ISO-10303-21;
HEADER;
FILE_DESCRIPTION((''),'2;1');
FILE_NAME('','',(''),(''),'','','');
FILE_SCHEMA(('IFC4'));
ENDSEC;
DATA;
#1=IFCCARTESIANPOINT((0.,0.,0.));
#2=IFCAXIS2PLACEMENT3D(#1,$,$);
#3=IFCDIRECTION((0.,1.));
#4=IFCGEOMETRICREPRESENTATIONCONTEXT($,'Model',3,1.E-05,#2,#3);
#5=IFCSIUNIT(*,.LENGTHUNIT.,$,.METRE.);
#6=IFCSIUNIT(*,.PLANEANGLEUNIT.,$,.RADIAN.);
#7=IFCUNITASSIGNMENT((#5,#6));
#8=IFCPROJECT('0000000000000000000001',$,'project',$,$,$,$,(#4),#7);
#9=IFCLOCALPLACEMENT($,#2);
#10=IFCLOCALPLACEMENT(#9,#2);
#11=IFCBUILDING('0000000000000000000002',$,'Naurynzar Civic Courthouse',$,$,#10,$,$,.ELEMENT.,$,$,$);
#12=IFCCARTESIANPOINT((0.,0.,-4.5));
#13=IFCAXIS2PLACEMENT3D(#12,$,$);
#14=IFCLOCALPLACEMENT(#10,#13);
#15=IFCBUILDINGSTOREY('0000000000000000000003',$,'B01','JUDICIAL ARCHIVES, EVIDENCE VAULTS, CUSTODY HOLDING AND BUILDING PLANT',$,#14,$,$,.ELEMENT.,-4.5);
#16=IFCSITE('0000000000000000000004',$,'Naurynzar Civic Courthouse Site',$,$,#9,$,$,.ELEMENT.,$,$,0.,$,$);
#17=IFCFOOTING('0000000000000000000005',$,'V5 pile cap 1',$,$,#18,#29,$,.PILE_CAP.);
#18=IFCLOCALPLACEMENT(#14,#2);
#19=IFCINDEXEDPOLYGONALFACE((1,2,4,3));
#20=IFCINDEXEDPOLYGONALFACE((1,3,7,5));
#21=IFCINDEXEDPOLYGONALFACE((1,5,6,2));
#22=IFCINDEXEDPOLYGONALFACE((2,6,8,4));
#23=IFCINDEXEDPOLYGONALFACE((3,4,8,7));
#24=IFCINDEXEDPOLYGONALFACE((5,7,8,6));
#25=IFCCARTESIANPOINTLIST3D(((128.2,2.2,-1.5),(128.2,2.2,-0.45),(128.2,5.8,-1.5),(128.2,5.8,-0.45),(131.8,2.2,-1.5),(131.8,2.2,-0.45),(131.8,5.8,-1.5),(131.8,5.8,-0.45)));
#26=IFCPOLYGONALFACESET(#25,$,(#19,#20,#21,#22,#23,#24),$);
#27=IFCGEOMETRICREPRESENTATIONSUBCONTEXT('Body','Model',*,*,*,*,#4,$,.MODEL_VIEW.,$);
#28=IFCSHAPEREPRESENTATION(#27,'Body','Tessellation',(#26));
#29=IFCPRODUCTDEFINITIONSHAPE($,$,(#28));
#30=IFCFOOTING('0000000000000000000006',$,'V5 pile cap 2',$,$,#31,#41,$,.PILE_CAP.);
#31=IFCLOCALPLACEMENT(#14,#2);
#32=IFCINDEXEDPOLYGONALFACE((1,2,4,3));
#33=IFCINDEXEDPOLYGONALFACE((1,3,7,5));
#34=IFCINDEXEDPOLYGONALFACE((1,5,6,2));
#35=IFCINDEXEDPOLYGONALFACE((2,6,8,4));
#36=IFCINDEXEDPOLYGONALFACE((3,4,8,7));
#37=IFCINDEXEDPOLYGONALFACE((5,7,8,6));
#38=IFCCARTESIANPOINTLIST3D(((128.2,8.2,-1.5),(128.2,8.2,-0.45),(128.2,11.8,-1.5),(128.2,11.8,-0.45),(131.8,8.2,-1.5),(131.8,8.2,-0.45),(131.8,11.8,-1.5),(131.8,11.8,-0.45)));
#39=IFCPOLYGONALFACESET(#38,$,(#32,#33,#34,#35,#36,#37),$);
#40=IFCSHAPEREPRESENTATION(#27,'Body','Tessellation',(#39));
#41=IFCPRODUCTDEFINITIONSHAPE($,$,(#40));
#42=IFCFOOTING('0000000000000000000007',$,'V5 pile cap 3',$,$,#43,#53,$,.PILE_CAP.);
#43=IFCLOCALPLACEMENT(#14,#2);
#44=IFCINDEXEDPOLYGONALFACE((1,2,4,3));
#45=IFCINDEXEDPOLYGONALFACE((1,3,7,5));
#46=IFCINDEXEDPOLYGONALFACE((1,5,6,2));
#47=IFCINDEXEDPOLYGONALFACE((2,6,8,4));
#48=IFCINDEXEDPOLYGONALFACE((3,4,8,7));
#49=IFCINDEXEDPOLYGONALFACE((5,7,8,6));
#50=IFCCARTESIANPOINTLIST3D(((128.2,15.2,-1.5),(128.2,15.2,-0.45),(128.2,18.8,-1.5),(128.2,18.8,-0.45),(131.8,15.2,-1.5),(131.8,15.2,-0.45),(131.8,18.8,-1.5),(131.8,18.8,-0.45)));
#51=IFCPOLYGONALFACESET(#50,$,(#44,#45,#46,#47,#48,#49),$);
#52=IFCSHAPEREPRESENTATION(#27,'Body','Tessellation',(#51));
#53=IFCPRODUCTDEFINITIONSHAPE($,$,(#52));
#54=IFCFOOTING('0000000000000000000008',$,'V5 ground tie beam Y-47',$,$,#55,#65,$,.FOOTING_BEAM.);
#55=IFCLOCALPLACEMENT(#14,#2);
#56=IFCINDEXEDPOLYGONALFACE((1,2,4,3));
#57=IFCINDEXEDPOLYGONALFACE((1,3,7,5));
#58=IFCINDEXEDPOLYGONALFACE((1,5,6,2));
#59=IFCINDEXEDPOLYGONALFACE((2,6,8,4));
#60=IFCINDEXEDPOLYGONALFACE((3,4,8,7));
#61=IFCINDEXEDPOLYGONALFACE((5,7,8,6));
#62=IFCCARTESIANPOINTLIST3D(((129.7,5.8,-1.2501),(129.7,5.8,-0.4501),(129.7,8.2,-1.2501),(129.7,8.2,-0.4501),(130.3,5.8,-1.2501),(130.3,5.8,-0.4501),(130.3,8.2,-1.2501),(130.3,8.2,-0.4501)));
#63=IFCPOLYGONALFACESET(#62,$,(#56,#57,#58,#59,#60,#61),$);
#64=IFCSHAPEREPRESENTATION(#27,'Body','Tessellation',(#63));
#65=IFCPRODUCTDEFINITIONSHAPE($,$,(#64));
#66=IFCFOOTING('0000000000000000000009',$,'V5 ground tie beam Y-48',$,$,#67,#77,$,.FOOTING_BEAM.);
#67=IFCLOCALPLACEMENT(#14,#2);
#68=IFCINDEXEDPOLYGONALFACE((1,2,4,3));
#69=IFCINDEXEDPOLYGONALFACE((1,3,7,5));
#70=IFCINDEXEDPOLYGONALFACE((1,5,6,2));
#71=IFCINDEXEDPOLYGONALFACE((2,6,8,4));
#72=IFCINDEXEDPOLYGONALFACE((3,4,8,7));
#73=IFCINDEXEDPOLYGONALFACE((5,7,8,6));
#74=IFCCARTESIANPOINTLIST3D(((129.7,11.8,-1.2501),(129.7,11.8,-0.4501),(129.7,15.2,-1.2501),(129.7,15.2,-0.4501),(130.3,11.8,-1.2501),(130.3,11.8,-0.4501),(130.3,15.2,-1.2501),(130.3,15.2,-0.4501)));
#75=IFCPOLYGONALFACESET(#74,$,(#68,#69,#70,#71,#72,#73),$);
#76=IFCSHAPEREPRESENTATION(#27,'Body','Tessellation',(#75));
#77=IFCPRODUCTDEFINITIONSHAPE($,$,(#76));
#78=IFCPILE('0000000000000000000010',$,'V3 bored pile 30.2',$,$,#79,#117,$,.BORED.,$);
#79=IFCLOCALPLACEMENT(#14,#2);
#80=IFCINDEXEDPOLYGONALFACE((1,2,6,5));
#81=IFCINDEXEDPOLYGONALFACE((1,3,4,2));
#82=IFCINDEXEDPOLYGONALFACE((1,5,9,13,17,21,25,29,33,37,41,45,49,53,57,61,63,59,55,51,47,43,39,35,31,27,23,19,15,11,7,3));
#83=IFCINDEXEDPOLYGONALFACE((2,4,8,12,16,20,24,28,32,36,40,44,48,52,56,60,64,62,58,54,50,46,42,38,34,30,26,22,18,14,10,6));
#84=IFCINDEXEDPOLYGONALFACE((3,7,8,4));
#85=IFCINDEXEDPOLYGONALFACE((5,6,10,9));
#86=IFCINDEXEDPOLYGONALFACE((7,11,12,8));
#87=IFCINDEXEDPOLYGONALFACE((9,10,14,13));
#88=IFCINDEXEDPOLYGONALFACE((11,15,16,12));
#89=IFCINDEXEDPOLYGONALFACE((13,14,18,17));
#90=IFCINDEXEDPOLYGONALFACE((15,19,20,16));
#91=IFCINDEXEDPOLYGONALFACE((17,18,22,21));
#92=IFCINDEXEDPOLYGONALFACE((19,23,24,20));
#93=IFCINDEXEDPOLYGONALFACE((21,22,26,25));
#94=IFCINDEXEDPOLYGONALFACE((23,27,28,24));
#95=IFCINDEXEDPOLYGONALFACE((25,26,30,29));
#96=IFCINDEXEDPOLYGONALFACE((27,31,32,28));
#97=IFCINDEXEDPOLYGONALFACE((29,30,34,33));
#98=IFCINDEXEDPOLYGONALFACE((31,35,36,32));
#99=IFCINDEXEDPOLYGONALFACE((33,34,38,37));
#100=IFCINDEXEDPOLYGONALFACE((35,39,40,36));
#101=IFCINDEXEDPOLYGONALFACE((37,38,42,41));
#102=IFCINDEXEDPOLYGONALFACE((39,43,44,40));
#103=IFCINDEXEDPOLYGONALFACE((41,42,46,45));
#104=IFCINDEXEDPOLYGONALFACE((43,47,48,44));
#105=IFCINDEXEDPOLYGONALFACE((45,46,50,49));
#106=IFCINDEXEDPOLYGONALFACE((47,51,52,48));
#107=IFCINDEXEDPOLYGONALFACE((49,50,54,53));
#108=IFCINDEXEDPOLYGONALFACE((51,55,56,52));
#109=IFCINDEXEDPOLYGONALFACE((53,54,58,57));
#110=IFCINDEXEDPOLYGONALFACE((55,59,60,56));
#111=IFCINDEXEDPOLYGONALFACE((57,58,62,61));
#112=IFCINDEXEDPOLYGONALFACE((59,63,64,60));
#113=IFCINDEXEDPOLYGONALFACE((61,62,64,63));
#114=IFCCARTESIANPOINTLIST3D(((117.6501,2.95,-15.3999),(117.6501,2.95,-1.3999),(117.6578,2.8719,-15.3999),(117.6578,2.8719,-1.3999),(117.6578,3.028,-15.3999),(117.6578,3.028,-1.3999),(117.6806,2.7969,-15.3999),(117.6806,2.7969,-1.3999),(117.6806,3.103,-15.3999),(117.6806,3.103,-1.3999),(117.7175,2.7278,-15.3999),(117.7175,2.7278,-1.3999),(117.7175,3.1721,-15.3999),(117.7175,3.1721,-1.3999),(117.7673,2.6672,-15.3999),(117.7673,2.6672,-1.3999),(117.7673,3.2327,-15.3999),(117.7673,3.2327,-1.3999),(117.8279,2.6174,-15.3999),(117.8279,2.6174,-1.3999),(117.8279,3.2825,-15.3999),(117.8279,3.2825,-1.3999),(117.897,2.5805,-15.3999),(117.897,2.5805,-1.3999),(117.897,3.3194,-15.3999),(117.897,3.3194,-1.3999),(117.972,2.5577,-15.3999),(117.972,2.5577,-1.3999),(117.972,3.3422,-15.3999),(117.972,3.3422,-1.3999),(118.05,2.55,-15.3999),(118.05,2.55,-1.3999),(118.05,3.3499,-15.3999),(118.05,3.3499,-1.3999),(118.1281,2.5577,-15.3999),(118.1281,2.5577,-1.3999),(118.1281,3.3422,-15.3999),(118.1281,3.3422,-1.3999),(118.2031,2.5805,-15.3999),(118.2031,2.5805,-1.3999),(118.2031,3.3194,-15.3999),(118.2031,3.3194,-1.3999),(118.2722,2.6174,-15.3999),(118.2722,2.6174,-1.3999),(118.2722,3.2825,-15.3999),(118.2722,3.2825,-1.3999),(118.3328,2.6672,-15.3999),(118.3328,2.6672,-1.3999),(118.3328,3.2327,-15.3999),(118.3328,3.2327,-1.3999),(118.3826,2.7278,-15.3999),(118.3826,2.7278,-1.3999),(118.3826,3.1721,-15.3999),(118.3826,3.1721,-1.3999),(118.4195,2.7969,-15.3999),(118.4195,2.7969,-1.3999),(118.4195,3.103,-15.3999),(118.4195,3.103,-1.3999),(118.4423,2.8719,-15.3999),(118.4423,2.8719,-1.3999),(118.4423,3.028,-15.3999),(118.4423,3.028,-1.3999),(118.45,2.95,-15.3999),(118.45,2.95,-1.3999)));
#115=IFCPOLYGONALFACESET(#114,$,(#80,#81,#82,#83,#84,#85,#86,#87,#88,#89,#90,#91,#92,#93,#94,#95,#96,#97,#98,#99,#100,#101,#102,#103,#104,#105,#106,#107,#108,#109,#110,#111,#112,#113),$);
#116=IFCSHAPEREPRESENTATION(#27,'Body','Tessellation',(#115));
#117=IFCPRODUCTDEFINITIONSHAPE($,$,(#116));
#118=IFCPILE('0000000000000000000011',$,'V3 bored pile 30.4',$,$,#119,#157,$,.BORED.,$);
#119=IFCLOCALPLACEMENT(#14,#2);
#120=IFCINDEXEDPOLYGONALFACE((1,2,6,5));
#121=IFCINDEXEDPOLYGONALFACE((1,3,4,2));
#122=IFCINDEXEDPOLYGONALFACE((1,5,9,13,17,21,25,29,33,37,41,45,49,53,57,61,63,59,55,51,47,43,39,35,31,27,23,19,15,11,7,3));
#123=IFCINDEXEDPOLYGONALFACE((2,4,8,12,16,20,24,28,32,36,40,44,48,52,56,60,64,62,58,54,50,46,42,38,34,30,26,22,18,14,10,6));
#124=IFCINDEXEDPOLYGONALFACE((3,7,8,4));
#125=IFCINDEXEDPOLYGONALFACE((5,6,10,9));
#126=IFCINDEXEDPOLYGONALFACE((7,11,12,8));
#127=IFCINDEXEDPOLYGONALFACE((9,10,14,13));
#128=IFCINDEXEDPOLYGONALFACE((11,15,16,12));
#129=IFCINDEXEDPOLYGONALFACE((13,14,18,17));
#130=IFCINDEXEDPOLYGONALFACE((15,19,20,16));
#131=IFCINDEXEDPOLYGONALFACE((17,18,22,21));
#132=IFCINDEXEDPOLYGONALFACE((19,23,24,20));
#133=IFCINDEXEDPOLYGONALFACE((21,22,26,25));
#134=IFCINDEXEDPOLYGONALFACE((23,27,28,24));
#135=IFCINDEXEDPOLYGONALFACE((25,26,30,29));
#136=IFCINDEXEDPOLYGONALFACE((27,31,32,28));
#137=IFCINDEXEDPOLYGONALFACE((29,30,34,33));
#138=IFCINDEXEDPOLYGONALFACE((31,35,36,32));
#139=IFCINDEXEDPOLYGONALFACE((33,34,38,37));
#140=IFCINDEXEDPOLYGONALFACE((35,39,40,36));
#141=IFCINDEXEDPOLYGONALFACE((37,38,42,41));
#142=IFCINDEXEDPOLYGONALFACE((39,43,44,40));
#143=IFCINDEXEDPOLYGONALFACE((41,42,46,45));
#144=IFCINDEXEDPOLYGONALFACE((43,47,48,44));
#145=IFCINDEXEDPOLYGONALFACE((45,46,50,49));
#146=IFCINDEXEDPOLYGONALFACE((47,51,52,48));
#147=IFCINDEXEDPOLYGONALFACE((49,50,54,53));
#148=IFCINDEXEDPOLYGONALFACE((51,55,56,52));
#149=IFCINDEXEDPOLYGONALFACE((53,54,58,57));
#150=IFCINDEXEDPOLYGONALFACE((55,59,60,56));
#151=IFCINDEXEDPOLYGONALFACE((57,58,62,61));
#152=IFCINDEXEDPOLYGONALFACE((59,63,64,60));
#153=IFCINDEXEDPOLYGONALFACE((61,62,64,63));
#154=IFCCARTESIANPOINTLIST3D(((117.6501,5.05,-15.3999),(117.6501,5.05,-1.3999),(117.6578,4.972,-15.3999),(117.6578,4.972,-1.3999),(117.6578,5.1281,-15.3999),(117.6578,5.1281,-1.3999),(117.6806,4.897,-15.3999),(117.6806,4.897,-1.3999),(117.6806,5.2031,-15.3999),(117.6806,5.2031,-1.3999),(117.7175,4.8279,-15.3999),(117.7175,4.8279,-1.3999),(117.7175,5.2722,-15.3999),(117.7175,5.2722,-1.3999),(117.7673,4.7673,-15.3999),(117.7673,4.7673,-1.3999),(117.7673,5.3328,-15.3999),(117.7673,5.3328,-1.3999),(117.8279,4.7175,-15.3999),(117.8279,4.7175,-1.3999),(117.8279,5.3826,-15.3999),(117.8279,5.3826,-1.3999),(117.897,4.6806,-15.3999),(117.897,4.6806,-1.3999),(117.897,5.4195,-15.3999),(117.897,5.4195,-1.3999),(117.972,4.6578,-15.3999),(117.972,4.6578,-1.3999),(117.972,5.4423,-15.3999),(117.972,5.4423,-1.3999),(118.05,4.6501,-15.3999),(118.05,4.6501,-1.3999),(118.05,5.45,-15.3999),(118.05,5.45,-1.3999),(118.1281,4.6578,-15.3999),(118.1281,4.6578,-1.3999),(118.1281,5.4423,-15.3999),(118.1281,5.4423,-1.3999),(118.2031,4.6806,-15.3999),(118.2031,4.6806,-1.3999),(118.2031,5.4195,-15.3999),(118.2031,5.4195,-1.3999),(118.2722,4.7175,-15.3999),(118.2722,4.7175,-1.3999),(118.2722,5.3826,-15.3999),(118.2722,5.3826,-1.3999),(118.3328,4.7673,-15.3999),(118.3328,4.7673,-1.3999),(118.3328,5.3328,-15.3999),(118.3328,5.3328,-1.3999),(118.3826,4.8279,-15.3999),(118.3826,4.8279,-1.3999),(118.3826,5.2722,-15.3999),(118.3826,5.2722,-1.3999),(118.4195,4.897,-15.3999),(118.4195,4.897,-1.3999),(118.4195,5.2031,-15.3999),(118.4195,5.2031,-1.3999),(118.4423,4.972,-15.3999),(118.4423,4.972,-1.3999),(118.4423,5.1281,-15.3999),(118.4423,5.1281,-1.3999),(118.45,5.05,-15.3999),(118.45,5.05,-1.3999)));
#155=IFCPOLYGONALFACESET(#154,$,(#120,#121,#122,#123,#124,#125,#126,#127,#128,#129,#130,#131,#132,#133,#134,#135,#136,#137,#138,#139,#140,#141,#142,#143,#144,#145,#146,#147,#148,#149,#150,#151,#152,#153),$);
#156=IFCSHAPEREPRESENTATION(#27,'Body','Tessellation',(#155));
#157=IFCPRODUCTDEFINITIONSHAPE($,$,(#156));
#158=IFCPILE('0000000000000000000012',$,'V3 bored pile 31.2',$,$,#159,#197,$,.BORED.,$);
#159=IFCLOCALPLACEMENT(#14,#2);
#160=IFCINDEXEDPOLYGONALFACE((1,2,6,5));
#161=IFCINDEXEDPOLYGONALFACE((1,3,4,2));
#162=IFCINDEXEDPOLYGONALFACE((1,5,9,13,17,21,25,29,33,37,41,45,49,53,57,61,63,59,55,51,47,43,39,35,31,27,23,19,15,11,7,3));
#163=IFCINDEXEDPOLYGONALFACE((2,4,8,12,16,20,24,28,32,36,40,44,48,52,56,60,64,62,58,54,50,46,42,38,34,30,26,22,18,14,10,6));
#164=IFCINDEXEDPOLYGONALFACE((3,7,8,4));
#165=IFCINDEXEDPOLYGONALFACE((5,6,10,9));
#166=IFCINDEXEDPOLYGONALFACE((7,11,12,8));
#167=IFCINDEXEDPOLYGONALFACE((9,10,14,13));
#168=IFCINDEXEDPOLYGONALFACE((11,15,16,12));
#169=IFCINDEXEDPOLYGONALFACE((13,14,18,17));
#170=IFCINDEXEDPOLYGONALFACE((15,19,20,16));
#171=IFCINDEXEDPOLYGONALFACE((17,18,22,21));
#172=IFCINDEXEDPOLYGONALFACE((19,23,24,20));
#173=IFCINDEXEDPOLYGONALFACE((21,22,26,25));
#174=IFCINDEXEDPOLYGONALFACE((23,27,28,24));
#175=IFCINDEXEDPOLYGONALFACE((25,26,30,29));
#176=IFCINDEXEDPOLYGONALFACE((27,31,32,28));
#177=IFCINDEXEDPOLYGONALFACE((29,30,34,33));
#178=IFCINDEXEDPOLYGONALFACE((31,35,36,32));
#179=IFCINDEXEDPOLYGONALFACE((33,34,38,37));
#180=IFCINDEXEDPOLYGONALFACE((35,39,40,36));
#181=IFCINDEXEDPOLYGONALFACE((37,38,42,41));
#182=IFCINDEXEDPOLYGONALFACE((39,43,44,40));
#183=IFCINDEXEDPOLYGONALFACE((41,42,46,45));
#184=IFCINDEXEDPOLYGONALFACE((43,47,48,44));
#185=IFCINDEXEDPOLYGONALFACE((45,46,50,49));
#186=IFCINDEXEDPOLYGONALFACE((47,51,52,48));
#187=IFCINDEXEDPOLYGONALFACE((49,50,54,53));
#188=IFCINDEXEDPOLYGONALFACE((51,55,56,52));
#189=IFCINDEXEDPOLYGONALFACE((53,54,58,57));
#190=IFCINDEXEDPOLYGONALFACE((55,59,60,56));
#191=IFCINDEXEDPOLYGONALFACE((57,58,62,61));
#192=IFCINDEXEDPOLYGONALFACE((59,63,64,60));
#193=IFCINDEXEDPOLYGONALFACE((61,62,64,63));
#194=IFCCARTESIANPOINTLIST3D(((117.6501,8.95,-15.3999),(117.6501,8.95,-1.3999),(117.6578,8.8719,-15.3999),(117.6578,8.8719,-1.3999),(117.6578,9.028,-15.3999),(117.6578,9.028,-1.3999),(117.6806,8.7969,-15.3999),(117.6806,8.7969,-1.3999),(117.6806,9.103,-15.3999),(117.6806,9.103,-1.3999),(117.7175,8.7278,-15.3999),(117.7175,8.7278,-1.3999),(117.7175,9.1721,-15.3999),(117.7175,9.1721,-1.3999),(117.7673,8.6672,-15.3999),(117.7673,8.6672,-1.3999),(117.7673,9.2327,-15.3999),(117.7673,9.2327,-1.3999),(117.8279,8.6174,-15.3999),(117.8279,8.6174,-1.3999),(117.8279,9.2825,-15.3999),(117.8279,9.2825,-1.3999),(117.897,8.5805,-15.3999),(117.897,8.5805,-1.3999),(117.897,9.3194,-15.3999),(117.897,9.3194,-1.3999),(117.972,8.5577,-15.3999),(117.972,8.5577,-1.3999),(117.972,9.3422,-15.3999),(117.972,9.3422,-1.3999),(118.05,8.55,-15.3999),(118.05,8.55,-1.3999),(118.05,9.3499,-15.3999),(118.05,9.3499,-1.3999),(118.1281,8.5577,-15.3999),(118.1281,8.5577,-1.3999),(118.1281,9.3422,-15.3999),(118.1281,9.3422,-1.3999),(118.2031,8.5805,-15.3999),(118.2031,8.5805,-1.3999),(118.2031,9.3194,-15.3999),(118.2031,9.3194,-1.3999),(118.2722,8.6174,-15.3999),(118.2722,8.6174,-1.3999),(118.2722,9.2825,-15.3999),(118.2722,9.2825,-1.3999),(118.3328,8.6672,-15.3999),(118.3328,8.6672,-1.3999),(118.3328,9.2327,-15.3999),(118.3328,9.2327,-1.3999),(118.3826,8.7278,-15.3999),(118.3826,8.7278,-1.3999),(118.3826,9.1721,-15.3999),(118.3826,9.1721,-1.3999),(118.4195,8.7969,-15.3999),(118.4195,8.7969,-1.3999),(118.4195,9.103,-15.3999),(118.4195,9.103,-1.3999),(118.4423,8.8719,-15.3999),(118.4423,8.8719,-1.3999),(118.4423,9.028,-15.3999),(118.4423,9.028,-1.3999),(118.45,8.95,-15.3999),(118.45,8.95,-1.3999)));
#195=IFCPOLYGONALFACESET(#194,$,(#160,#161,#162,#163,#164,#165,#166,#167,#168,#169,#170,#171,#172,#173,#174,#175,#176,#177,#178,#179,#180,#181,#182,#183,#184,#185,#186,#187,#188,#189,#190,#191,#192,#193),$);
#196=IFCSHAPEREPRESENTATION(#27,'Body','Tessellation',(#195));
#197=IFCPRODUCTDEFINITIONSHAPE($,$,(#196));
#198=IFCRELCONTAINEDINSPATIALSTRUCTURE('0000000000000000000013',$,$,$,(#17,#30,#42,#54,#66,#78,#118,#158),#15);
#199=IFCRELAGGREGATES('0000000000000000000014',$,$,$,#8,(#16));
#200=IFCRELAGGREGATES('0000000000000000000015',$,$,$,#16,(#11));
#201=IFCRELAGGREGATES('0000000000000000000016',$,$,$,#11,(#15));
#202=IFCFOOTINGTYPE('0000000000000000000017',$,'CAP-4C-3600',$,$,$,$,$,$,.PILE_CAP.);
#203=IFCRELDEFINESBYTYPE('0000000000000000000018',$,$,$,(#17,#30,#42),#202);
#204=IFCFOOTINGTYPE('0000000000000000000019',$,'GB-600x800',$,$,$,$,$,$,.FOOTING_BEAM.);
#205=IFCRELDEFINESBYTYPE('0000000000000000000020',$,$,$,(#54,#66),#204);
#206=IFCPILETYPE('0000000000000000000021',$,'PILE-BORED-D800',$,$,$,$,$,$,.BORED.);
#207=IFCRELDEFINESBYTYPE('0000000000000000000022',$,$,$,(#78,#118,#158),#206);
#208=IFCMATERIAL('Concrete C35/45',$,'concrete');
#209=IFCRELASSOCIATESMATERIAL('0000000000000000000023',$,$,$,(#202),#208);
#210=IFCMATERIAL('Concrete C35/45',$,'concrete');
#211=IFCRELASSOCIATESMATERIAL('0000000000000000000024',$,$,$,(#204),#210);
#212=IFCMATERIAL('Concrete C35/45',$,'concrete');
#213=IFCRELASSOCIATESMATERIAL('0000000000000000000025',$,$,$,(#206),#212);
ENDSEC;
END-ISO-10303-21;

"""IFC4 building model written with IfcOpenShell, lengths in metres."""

from ifc_helpers import new_model, si_unit, direction, frame, origin, origin_2d, place, context, subcontext, project, spatial, rectangle, circle, extrude, material, material_profile, profile_set, type_object, element, save


model = new_model("IFC4")

# Units and contexts
model_context = context("Model", 3, precision=1e-05, world=origin(), true_north=direction((0.0, 1.0)))
body_context = subcontext(model_context, "Body", "Model", "MODEL_VIEW")
ifc_project = project(units=[si_unit("LENGTHUNIT", "METRE"), si_unit("PLANEANGLEUNIT", "RADIAN")], contexts=[model_context])

# Site, building, storey
site_placement = place(None, origin())
site = spatial("IfcSite", under=ifc_project, at=site_placement, Name="Naurynzar Civic Courthouse Site", CompositionType="ELEMENT", RefElevation=0.0)
building_placement = place(site_placement, origin())
building = spatial("IfcBuilding", under=site, at=building_placement, Name="Naurynzar Civic Courthouse", CompositionType="ELEMENT")
storey_placement = place(building_placement, frame((0.0, 0.0, -4.5)))
storey = spatial("IfcBuildingStorey", under=building, at=storey_placement, Name="B01", Description="JUDICIAL ARCHIVES, EVIDENCE VAULTS, CUSTODY HOLDING AND BUILDING PLANT", CompositionType="ELEMENT", Elevation=-4.5)

# Footings
ifc_material_1 = material(Name="Concrete C35/45", Category="concrete")
footing_type_1 = type_object("IfcFootingType", Name="CAP-4C-3600", PredefinedType="PILE_CAP", material=ifc_material_1)
for number, where, z_axis, x_axis, name in (
    (1, (130.0, 4.0, -1.5), (0.0, 0.0, 1.0), (1.0, 0.0, 0.0), "V5 pile cap 1"),
    (2, (130.0, 10.0, -1.5), (0.0, 0.0, 1.0), (1.0, 0.0, 0.0), "V5 pile cap 2"),
    (3, (130.0, 17.0, -1.5), (0.0, 0.0, 1.0), (1.0, 0.0, 0.0), "V5 pile cap 3"),
):
    element("IfcFooting", number, at=place(storey_placement, frame(where, z_axis=z_axis, x_axis=x_axis)), inside=storey, type_object=footing_type_1, Name=name, PredefinedType="PILE_CAP", context=body_context, shape_type="SweptSolid", body=[
        extrude(rectangle(XDim=3.6001, YDim=3.6001, at=origin_2d()), origin(), (0.0, 0.0, 1.0), 1.05),
    ])
ifc_material_2 = material(Name="Concrete C35/45", Category="concrete")
ifc_material_profile_1 = material_profile(ifc_material_2, rectangle(XDim=0.6001, YDim=0.8, at=origin_2d()), Name="GB 600x800")
ifc_profile_set_1 = profile_set([ifc_material_profile_1], Name="Concrete C35/45")
footing_type_2 = type_object("IfcFootingType", Name="GB-600x800", PredefinedType="FOOTING_BEAM", material=ifc_profile_set_1)
footing_1_placement = place(storey_placement, frame((130.0, 5.8, -0.8501), z_axis=(0.0, 1.0, 0.0), x_axis=(-1.0, 0.0, 0.0)))
element("IfcFooting", 4, at=footing_1_placement, inside=storey, type_object=footing_type_2, Name="V5 ground tie beam Y-47", PredefinedType="FOOTING_BEAM", context=body_context, shape_type="SweptSolid", body=[
    extrude(rectangle(XDim=0.6001, YDim=0.8, at=origin_2d()), origin(), (0.0, 0.0, 1.0), 2.3999),
])
footing_2_placement = place(storey_placement, frame((130.0, 11.8, -0.8501), z_axis=(0.0, 1.0, 0.0), x_axis=(-1.0, 0.0, 0.0)))
element("IfcFooting", 5, at=footing_2_placement, inside=storey, type_object=footing_type_2, Name="V5 ground tie beam Y-48", PredefinedType="FOOTING_BEAM", context=body_context, shape_type="SweptSolid", body=[
    extrude(rectangle(XDim=0.6001, YDim=0.8, at=origin_2d()), origin(), (0.0, 0.0, 1.0), 3.3999),
])

# Piles
ifc_material_3 = material(Name="Concrete C35/45", Category="concrete")
ifc_material_profile_2 = material_profile(ifc_material_3, circle(Radius=0.3999, at=origin_2d()), Name="PILE D800")
ifc_profile_set_2 = profile_set([ifc_material_profile_2], Name="Concrete C35/45")
pile_type = type_object("IfcPileType", Name="PILE-BORED-D800", PredefinedType="BORED", material=ifc_profile_set_2)
for number, where, z_axis, x_axis, name in (
    (6, (118.05, 2.95, -1.3999), (0.0, 0.0, -1.0), (1.0, 0.0, 0.0), "V3 bored pile 30.2"),
    (7, (118.05, 5.05, -1.3999), (0.0, 0.0, -1.0), (1.0, 0.0, 0.0), "V3 bored pile 30.4"),
    (8, (118.05, 8.95, -1.3999), (0.0, 0.0, -1.0), (1.0, 0.0, 0.0), "V3 bored pile 31.2"),
):
    element("IfcPile", number, at=place(storey_placement, frame(where, z_axis=z_axis, x_axis=x_axis)), inside=storey, type_object=pile_type, Name=name, PredefinedType="BORED", context=body_context, shape_type="SweptSolid", body=[
        extrude(circle(Radius=0.3999, at=origin_2d()), origin(), (0.0, 0.0, 1.0), 14.0),
    ])

save(model, "model.ifc")
